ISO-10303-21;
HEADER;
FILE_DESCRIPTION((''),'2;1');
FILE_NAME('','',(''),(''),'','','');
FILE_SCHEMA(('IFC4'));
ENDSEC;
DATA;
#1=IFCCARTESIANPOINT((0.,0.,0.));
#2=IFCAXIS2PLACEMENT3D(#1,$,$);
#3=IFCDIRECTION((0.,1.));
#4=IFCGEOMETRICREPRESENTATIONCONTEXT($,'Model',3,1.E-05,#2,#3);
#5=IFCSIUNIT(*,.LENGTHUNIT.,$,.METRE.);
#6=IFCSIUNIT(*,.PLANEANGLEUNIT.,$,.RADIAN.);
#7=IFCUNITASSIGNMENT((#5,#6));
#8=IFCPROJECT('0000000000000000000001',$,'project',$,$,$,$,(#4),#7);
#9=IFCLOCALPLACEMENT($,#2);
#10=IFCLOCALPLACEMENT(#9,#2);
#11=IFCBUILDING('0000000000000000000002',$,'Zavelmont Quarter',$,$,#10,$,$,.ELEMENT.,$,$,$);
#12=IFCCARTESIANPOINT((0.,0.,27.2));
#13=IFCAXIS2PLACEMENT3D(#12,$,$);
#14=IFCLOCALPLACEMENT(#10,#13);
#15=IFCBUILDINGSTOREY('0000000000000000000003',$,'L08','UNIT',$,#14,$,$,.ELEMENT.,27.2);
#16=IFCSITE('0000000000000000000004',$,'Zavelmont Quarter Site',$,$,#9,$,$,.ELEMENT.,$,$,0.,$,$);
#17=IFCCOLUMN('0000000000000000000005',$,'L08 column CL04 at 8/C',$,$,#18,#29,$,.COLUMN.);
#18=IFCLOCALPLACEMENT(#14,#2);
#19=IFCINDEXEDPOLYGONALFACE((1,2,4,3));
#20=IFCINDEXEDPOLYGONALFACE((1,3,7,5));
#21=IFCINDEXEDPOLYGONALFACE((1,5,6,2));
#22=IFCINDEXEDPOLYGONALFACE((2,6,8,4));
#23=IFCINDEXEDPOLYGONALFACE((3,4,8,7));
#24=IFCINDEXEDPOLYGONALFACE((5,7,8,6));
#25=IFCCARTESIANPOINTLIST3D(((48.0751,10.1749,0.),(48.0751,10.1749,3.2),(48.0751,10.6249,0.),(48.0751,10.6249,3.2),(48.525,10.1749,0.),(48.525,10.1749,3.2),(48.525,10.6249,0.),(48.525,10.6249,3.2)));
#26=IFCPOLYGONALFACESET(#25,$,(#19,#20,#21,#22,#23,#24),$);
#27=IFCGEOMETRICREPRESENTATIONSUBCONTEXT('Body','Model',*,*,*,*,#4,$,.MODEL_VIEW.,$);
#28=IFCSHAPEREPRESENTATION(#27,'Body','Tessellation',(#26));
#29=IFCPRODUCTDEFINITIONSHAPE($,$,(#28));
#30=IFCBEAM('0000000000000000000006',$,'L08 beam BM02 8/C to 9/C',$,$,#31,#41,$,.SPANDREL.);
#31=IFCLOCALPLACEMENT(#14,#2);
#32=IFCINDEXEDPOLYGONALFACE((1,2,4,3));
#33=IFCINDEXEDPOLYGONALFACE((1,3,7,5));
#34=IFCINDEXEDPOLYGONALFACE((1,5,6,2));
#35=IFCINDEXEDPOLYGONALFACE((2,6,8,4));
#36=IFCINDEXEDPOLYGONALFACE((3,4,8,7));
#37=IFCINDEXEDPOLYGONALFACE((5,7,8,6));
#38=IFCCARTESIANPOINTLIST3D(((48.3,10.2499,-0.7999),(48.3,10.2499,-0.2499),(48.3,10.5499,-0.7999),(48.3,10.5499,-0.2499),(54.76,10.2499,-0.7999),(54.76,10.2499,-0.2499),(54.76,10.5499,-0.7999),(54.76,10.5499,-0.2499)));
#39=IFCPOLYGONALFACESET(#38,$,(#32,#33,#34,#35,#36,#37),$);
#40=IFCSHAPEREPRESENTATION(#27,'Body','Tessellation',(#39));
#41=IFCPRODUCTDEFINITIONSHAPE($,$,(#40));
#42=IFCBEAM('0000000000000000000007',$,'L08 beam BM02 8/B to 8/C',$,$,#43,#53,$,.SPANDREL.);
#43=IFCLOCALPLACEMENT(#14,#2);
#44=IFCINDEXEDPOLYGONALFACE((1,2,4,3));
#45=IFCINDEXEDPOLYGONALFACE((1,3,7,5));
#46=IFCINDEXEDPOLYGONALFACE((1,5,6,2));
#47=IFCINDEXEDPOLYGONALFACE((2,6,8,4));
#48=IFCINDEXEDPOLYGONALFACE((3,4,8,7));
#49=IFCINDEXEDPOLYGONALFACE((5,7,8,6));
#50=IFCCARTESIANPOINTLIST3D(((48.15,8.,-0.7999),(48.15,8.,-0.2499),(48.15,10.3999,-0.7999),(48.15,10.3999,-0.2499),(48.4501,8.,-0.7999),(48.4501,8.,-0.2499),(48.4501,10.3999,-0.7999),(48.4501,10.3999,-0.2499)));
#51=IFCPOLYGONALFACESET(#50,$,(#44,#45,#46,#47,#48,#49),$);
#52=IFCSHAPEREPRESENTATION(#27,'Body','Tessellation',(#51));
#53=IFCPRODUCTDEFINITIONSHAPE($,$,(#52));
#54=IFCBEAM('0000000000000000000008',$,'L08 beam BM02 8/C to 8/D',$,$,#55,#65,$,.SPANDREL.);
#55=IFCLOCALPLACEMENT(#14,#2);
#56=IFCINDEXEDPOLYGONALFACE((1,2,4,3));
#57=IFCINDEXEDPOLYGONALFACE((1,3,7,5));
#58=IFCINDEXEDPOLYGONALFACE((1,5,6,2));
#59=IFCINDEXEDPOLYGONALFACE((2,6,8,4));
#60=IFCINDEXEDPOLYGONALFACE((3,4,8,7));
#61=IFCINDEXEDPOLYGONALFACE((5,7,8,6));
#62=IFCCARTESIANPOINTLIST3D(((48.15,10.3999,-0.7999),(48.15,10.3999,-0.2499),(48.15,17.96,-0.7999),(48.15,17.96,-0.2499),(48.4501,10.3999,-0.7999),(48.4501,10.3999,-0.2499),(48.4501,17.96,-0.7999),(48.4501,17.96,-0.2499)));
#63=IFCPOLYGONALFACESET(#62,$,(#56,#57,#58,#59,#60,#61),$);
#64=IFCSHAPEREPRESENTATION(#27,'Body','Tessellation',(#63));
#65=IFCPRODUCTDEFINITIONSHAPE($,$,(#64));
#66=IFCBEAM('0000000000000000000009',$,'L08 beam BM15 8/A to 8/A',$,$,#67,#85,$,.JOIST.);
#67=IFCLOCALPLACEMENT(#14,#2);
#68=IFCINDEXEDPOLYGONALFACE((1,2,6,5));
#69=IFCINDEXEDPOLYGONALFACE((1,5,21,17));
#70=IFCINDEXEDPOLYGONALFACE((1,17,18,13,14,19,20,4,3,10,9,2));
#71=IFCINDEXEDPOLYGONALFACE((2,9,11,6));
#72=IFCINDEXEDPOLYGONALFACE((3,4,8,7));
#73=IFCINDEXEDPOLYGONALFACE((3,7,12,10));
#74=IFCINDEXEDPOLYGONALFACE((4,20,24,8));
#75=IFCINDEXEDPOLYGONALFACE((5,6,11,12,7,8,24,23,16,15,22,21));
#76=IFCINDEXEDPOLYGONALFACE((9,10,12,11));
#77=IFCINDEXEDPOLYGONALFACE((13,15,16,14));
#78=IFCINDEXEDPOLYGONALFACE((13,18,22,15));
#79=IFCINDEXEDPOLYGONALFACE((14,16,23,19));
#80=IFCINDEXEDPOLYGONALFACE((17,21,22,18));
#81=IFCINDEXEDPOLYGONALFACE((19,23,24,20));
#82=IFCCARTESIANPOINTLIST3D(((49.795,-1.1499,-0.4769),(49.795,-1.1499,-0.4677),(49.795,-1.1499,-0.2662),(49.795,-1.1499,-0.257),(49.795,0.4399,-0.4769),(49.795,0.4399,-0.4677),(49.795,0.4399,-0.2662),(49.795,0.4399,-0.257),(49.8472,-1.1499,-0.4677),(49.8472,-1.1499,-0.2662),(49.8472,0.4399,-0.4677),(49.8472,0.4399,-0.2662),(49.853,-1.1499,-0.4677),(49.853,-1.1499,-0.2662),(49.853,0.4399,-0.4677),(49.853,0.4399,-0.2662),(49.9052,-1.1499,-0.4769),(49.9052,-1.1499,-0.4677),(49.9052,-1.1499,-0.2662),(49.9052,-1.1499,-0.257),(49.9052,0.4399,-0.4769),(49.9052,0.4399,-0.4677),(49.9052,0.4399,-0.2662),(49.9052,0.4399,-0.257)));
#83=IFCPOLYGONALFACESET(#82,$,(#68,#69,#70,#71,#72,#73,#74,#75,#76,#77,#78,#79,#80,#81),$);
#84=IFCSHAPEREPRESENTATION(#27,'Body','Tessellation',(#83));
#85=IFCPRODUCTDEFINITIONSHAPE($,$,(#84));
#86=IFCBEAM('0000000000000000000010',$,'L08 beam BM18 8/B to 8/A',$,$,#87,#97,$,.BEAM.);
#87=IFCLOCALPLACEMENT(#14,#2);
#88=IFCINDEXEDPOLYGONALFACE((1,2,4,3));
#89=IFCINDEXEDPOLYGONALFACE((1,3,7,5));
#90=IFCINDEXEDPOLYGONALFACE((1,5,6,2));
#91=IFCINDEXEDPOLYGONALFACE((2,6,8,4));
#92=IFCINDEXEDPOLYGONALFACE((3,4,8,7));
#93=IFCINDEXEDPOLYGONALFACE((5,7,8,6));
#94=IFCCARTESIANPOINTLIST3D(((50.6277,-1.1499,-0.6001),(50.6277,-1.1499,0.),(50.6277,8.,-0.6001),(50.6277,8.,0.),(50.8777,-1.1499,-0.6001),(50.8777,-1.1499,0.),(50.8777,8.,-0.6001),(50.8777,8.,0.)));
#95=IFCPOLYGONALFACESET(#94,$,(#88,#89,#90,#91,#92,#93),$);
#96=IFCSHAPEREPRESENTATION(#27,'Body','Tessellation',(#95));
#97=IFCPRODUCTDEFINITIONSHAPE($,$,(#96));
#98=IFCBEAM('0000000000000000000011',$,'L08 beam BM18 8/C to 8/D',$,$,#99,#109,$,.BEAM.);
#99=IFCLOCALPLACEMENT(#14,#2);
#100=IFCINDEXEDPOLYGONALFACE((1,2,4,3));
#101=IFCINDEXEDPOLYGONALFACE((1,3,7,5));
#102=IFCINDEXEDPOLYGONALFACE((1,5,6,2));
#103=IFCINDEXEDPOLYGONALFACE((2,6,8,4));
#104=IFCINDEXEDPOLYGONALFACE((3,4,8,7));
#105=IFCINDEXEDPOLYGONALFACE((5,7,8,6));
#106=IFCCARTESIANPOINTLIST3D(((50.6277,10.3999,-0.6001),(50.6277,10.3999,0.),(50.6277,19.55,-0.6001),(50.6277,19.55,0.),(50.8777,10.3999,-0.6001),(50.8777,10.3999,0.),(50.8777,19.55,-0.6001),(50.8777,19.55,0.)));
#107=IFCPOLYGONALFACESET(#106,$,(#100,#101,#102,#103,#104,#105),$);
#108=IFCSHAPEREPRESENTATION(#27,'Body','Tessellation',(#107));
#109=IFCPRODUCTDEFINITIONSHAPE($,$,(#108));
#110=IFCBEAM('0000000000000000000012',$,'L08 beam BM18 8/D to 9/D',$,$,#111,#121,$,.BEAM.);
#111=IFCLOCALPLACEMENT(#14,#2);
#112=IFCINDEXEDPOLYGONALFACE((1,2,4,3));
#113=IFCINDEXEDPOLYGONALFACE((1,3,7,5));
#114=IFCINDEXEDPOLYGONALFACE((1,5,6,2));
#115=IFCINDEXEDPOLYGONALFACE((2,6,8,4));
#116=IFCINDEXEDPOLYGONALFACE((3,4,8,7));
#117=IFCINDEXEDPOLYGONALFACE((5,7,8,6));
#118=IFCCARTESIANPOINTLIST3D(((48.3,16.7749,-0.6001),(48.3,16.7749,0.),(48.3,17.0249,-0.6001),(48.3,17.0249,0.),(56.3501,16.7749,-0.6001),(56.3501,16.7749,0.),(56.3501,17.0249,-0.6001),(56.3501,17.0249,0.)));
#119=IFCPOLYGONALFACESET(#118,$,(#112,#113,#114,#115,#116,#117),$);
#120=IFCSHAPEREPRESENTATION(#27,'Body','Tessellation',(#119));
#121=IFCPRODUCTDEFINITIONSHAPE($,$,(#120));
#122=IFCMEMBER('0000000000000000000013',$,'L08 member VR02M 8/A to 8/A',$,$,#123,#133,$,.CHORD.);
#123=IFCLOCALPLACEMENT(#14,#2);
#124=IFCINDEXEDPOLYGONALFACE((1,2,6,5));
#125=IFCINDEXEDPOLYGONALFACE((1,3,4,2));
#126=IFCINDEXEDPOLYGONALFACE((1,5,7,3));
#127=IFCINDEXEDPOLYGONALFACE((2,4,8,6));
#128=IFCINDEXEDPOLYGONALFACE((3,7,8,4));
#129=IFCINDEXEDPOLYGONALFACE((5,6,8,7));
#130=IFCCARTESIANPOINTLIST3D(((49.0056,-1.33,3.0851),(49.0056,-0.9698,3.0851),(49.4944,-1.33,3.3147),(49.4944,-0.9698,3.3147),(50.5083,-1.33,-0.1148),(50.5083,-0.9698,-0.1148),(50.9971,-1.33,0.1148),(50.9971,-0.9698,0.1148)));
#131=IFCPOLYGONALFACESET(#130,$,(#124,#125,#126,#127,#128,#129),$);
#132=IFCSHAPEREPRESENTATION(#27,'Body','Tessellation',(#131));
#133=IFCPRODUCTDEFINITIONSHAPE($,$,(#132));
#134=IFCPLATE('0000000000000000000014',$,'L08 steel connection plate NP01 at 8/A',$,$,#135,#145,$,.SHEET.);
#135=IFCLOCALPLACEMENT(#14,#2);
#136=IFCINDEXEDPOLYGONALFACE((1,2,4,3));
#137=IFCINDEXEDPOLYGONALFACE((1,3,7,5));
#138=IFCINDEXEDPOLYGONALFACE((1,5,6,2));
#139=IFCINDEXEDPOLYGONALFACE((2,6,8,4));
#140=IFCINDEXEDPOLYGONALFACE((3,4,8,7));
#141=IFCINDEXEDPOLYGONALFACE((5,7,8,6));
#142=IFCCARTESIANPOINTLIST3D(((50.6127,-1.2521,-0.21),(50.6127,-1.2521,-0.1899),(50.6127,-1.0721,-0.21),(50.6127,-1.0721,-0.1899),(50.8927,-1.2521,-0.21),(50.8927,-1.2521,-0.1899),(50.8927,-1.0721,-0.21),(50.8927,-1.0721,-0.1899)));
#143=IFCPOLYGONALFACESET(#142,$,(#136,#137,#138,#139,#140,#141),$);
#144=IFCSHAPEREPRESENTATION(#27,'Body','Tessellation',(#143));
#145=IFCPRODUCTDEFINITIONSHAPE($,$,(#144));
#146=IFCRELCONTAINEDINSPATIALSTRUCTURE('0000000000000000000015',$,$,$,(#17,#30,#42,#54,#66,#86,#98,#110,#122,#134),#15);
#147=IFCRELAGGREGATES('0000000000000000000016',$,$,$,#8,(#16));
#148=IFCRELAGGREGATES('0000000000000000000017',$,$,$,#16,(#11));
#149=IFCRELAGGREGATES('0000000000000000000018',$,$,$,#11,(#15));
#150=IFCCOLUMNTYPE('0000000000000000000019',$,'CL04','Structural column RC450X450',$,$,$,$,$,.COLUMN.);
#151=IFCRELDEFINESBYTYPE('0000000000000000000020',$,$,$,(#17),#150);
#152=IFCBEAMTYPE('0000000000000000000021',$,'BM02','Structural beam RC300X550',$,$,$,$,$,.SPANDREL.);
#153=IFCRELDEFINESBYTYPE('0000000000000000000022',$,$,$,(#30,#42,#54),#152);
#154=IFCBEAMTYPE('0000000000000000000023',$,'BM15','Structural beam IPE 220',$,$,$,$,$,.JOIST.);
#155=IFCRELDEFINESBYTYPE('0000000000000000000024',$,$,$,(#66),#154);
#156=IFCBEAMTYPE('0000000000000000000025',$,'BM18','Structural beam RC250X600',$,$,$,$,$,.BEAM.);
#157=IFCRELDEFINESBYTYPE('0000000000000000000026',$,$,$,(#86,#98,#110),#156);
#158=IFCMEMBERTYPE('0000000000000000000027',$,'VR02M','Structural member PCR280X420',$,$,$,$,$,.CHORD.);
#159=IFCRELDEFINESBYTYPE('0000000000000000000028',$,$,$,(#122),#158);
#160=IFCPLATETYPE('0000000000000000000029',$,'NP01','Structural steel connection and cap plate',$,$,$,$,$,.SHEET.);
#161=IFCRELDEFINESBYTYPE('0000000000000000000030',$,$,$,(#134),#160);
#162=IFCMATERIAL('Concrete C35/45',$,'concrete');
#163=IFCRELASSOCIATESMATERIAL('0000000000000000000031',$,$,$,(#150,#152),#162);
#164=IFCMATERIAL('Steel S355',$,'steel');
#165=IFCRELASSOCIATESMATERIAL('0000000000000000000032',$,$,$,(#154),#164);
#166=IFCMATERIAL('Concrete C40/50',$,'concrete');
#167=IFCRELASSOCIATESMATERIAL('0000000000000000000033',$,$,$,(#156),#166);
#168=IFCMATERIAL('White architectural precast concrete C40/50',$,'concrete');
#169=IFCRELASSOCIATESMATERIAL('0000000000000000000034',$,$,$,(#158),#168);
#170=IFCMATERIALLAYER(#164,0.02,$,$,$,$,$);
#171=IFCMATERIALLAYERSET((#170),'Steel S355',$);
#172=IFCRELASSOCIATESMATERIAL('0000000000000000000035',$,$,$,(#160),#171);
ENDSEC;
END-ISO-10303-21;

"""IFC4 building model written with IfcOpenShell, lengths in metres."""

from ifc_helpers import new_model, si_unit, direction, frame, origin, origin_2d, place, context, subcontext, project, spatial, rectangle, i_section, extrude, material, layer, layer_set, material_profile, profile_set, type_object, element, save


model = new_model("IFC4")

# Units and contexts
model_context = context("Model", 3, precision=1e-05, world=origin(), true_north=direction((0.0, 1.0)))
body_context = subcontext(model_context, "Body", "Model", "MODEL_VIEW")
ifc_project = project(units=[si_unit("LENGTHUNIT", "METRE"), si_unit("PLANEANGLEUNIT", "RADIAN")], contexts=[model_context])

# Site, building, storey
site_placement = place(None, origin())
site = spatial("IfcSite", under=ifc_project, at=site_placement, Name="Zavelmont Quarter Site", CompositionType="ELEMENT", RefElevation=0.0)
building_placement = place(site_placement, origin())
building = spatial("IfcBuilding", under=site, at=building_placement, Name="Zavelmont Quarter", CompositionType="ELEMENT")
storey_placement = place(building_placement, frame((0.0, 0.0, 27.2)))
storey = spatial("IfcBuildingStorey", under=building, at=storey_placement, Name="L08", Description="UNIT", CompositionType="ELEMENT", Elevation=27.2)

# Column
ifc_material_1 = material(Name="Concrete C35/45", Category="concrete")
ifc_material_profile_1 = material_profile(ifc_material_1, rectangle(XDim=0.45, YDim=0.45, at=origin_2d()), Name="RC450X450")
ifc_profile_set_1 = profile_set([ifc_material_profile_1], Name="Concrete C35/45")
column_type = type_object("IfcColumnType", Name="CL04", Description="Structural column RC450X450", PredefinedType="COLUMN", material=ifc_profile_set_1)
column_placement = place(storey_placement, frame((48.3, 10.3999, 0.0), z_axis=(0.0, 0.0, 1.0), x_axis=(1.0, 0.0, 0.0)))
element("IfcColumn", 1, at=column_placement, inside=storey, type_object=column_type, Name="L08 column CL04 at 8/C", PredefinedType="COLUMN", context=body_context, shape_type="SweptSolid", body=[
    extrude(rectangle(XDim=0.45, YDim=0.45, at=origin_2d()), origin(), (0.0, 0.0, 1.0), 3.2),
])

# Beams
ifc_material_profile_2 = material_profile(ifc_material_1, rectangle(XDim=0.3, YDim=0.55, at=origin_2d()), Name="RC300X550")
ifc_profile_set_2 = profile_set([ifc_material_profile_2], Name="Concrete C35/45")
beam_type_1 = type_object("IfcBeamType", Name="BM02", Description="Structural beam RC300X550", PredefinedType="SPANDREL", material=ifc_profile_set_2)
beam_1_placement = place(storey_placement, frame((48.3, 10.3999, -0.5249), z_axis=(1.0, 0.0, 0.0), x_axis=(0.0, 1.0, 0.0)))
element("IfcBeam", 2, at=beam_1_placement, inside=storey, type_object=beam_type_1, Name="L08 beam BM02 8/C to 9/C", PredefinedType="SPANDREL", context=body_context, shape_type="SweptSolid", body=[
    extrude(rectangle(XDim=0.3, YDim=0.55, at=origin_2d()), origin(), (0.0, 0.0, 1.0), 6.46),
])
beam_2_placement = place(storey_placement, frame((48.3, 8.0, -0.5249), z_axis=(0.0, 1.0, 0.0), x_axis=(-1.0, 0.0, 0.0)))
element("IfcBeam", 3, at=beam_2_placement, inside=storey, type_object=beam_type_1, Name="L08 beam BM02 8/B to 8/C", PredefinedType="SPANDREL", context=body_context, shape_type="SweptSolid", body=[
    extrude(rectangle(XDim=0.3, YDim=0.55, at=origin_2d()), origin(), (0.0, 0.0, 1.0), 2.3999),
])
beam_3_placement = place(storey_placement, frame((48.3, 10.3999, -0.5249), z_axis=(0.0, 1.0, 0.0), x_axis=(-1.0, 0.0, 0.0)))
element("IfcBeam", 4, at=beam_3_placement, inside=storey, type_object=beam_type_1, Name="L08 beam BM02 8/C to 8/D", PredefinedType="SPANDREL", context=body_context, shape_type="SweptSolid", body=[
    extrude(rectangle(XDim=0.3, YDim=0.55, at=origin_2d()), origin(), (0.0, 0.0, 1.0), 7.5601),
])
ifc_material_2 = material(Name="Steel S355", Category="steel")
ifc_material_profile_3 = material_profile(ifc_material_2, i_section(OverallWidth=0.1101, OverallDepth=0.22, WebThickness=0.0059, FlangeThickness=0.0093, at=origin_2d()), Name="IPE 220")
ifc_profile_set_3 = profile_set([ifc_material_profile_3], Name="Steel S355")
beam_type_2 = type_object("IfcBeamType", Name="BM15", Description="Structural beam IPE 220", PredefinedType="JOIST", material=ifc_profile_set_3)
beam_4_placement = place(storey_placement, frame((49.8501, 0.4399, -0.3669), z_axis=(0.0, -1.0, 0.0), x_axis=(1.0, 0.0, 0.0)))
element("IfcBeam", 5, at=beam_4_placement, inside=storey, type_object=beam_type_2, Name="L08 beam BM15 8/A to 8/A", PredefinedType="JOIST", context=body_context, shape_type="SweptSolid", body=[
    extrude(i_section(OverallWidth=0.1101, OverallDepth=0.22, WebThickness=0.0059, FlangeThickness=0.0093, at=origin_2d()), origin(), (0.0, 0.0, 1.0), 1.5898),
])
ifc_material_3 = material(Name="Concrete C40/50", Category="concrete")
ifc_material_profile_4 = material_profile(ifc_material_3, rectangle(XDim=0.25, YDim=0.6001, at=origin_2d()), Name="RC250X600")
ifc_profile_set_4 = profile_set([ifc_material_profile_4], Name="Concrete C40/50")
beam_type_3 = type_object("IfcBeamType", Name="BM18", Description="Structural beam RC250X600", PredefinedType="BEAM", material=ifc_profile_set_4)
beam_5_placement = place(storey_placement, frame((50.7527, 8.0, -0.3), z_axis=(0.0, -1.0, 0.0), x_axis=(1.0, 0.0, 0.0)))
element("IfcBeam", 6, at=beam_5_placement, inside=storey, type_object=beam_type_3, Name="L08 beam BM18 8/B to 8/A", PredefinedType="BEAM", context=body_context, shape_type="SweptSolid", body=[
    extrude(rectangle(XDim=0.25, YDim=0.6001, at=origin_2d()), origin(), (0.0, 0.0, 1.0), 9.1499),
])
beam_6_placement = place(storey_placement, frame((50.7527, 10.3999, -0.3), z_axis=(0.0, 1.0, 0.0), x_axis=(-1.0, 0.0, 0.0)))
element("IfcBeam", 7, at=beam_6_placement, inside=storey, type_object=beam_type_3, Name="L08 beam BM18 8/C to 8/D", PredefinedType="BEAM", context=body_context, shape_type="SweptSolid", body=[
    extrude(rectangle(XDim=0.25, YDim=0.6001, at=origin_2d()), origin(), (0.0, 0.0, 1.0), 9.1501),
])
beam_7_placement = place(storey_placement, frame((48.3, 16.8999, -0.3), z_axis=(1.0, 0.0, 0.0), x_axis=(0.0, 1.0, 0.0)))
element("IfcBeam", 8, at=beam_7_placement, inside=storey, type_object=beam_type_3, Name="L08 beam BM18 8/D to 9/D", PredefinedType="BEAM", context=body_context, shape_type="SweptSolid", body=[
    extrude(rectangle(XDim=0.25, YDim=0.6001, at=origin_2d()), origin(), (0.0, 0.0, 1.0), 8.05),
])

# Member
ifc_material_4 = material(Name="White architectural precast concrete C40/50", Category="concrete")
ifc_material_profile_5 = material_profile(ifc_material_4, rectangle(XDim=0.3601, YDim=0.54, at=origin_2d()), Name="PCR280X420")
ifc_profile_set_5 = profile_set([ifc_material_profile_5], Name="White architectural precast concrete C40/50")
member_type = type_object("IfcMemberType", Name="VR02M", Description="Structural member PCR280X420", PredefinedType="CHORD", material=ifc_profile_set_5)
member_placement = place(storey_placement, frame((50.7527, -1.1499, 0.0), z_axis=(-0.425062, 0.0, 0.905164), x_axis=(0.0, -1.0, 0.0)))
element("IfcMember", 9, at=member_placement, inside=storey, type_object=member_type, Name="L08 member VR02M 8/A to 8/A", PredefinedType="CHORD", context=body_context, shape_type="SweptSolid", body=[
    extrude(rectangle(XDim=0.3601, YDim=0.54, at=origin_2d()), origin(), (0.0, 0.0, 1.0), 3.5352),
])

# Plate
ifc_layer_1 = layer(ifc_material_2, 0.02)
ifc_layer_set_1 = layer_set([ifc_layer_1], Name="Steel S355")
plate_type = type_object("IfcPlateType", Name="NP01", Description="Structural steel connection and cap plate", PredefinedType="SHEET", material=ifc_layer_set_1)
plate_placement = place(storey_placement, frame((50.7527, -1.1621, -0.21), z_axis=(0.0, 0.0, 1.0), x_axis=(1.0, 0.0, 0.0)))
element("IfcPlate", 10, at=plate_placement, inside=storey, type_object=plate_type, Name="L08 steel connection plate NP01 at 8/A", PredefinedType="SHEET", context=body_context, shape_type="SweptSolid", body=[
    extrude(rectangle(XDim=0.28, YDim=0.1799, at=origin_2d()), origin(), (0.0, 0.0, 1.0), 0.02),
])

save(model, "model.ifc")
